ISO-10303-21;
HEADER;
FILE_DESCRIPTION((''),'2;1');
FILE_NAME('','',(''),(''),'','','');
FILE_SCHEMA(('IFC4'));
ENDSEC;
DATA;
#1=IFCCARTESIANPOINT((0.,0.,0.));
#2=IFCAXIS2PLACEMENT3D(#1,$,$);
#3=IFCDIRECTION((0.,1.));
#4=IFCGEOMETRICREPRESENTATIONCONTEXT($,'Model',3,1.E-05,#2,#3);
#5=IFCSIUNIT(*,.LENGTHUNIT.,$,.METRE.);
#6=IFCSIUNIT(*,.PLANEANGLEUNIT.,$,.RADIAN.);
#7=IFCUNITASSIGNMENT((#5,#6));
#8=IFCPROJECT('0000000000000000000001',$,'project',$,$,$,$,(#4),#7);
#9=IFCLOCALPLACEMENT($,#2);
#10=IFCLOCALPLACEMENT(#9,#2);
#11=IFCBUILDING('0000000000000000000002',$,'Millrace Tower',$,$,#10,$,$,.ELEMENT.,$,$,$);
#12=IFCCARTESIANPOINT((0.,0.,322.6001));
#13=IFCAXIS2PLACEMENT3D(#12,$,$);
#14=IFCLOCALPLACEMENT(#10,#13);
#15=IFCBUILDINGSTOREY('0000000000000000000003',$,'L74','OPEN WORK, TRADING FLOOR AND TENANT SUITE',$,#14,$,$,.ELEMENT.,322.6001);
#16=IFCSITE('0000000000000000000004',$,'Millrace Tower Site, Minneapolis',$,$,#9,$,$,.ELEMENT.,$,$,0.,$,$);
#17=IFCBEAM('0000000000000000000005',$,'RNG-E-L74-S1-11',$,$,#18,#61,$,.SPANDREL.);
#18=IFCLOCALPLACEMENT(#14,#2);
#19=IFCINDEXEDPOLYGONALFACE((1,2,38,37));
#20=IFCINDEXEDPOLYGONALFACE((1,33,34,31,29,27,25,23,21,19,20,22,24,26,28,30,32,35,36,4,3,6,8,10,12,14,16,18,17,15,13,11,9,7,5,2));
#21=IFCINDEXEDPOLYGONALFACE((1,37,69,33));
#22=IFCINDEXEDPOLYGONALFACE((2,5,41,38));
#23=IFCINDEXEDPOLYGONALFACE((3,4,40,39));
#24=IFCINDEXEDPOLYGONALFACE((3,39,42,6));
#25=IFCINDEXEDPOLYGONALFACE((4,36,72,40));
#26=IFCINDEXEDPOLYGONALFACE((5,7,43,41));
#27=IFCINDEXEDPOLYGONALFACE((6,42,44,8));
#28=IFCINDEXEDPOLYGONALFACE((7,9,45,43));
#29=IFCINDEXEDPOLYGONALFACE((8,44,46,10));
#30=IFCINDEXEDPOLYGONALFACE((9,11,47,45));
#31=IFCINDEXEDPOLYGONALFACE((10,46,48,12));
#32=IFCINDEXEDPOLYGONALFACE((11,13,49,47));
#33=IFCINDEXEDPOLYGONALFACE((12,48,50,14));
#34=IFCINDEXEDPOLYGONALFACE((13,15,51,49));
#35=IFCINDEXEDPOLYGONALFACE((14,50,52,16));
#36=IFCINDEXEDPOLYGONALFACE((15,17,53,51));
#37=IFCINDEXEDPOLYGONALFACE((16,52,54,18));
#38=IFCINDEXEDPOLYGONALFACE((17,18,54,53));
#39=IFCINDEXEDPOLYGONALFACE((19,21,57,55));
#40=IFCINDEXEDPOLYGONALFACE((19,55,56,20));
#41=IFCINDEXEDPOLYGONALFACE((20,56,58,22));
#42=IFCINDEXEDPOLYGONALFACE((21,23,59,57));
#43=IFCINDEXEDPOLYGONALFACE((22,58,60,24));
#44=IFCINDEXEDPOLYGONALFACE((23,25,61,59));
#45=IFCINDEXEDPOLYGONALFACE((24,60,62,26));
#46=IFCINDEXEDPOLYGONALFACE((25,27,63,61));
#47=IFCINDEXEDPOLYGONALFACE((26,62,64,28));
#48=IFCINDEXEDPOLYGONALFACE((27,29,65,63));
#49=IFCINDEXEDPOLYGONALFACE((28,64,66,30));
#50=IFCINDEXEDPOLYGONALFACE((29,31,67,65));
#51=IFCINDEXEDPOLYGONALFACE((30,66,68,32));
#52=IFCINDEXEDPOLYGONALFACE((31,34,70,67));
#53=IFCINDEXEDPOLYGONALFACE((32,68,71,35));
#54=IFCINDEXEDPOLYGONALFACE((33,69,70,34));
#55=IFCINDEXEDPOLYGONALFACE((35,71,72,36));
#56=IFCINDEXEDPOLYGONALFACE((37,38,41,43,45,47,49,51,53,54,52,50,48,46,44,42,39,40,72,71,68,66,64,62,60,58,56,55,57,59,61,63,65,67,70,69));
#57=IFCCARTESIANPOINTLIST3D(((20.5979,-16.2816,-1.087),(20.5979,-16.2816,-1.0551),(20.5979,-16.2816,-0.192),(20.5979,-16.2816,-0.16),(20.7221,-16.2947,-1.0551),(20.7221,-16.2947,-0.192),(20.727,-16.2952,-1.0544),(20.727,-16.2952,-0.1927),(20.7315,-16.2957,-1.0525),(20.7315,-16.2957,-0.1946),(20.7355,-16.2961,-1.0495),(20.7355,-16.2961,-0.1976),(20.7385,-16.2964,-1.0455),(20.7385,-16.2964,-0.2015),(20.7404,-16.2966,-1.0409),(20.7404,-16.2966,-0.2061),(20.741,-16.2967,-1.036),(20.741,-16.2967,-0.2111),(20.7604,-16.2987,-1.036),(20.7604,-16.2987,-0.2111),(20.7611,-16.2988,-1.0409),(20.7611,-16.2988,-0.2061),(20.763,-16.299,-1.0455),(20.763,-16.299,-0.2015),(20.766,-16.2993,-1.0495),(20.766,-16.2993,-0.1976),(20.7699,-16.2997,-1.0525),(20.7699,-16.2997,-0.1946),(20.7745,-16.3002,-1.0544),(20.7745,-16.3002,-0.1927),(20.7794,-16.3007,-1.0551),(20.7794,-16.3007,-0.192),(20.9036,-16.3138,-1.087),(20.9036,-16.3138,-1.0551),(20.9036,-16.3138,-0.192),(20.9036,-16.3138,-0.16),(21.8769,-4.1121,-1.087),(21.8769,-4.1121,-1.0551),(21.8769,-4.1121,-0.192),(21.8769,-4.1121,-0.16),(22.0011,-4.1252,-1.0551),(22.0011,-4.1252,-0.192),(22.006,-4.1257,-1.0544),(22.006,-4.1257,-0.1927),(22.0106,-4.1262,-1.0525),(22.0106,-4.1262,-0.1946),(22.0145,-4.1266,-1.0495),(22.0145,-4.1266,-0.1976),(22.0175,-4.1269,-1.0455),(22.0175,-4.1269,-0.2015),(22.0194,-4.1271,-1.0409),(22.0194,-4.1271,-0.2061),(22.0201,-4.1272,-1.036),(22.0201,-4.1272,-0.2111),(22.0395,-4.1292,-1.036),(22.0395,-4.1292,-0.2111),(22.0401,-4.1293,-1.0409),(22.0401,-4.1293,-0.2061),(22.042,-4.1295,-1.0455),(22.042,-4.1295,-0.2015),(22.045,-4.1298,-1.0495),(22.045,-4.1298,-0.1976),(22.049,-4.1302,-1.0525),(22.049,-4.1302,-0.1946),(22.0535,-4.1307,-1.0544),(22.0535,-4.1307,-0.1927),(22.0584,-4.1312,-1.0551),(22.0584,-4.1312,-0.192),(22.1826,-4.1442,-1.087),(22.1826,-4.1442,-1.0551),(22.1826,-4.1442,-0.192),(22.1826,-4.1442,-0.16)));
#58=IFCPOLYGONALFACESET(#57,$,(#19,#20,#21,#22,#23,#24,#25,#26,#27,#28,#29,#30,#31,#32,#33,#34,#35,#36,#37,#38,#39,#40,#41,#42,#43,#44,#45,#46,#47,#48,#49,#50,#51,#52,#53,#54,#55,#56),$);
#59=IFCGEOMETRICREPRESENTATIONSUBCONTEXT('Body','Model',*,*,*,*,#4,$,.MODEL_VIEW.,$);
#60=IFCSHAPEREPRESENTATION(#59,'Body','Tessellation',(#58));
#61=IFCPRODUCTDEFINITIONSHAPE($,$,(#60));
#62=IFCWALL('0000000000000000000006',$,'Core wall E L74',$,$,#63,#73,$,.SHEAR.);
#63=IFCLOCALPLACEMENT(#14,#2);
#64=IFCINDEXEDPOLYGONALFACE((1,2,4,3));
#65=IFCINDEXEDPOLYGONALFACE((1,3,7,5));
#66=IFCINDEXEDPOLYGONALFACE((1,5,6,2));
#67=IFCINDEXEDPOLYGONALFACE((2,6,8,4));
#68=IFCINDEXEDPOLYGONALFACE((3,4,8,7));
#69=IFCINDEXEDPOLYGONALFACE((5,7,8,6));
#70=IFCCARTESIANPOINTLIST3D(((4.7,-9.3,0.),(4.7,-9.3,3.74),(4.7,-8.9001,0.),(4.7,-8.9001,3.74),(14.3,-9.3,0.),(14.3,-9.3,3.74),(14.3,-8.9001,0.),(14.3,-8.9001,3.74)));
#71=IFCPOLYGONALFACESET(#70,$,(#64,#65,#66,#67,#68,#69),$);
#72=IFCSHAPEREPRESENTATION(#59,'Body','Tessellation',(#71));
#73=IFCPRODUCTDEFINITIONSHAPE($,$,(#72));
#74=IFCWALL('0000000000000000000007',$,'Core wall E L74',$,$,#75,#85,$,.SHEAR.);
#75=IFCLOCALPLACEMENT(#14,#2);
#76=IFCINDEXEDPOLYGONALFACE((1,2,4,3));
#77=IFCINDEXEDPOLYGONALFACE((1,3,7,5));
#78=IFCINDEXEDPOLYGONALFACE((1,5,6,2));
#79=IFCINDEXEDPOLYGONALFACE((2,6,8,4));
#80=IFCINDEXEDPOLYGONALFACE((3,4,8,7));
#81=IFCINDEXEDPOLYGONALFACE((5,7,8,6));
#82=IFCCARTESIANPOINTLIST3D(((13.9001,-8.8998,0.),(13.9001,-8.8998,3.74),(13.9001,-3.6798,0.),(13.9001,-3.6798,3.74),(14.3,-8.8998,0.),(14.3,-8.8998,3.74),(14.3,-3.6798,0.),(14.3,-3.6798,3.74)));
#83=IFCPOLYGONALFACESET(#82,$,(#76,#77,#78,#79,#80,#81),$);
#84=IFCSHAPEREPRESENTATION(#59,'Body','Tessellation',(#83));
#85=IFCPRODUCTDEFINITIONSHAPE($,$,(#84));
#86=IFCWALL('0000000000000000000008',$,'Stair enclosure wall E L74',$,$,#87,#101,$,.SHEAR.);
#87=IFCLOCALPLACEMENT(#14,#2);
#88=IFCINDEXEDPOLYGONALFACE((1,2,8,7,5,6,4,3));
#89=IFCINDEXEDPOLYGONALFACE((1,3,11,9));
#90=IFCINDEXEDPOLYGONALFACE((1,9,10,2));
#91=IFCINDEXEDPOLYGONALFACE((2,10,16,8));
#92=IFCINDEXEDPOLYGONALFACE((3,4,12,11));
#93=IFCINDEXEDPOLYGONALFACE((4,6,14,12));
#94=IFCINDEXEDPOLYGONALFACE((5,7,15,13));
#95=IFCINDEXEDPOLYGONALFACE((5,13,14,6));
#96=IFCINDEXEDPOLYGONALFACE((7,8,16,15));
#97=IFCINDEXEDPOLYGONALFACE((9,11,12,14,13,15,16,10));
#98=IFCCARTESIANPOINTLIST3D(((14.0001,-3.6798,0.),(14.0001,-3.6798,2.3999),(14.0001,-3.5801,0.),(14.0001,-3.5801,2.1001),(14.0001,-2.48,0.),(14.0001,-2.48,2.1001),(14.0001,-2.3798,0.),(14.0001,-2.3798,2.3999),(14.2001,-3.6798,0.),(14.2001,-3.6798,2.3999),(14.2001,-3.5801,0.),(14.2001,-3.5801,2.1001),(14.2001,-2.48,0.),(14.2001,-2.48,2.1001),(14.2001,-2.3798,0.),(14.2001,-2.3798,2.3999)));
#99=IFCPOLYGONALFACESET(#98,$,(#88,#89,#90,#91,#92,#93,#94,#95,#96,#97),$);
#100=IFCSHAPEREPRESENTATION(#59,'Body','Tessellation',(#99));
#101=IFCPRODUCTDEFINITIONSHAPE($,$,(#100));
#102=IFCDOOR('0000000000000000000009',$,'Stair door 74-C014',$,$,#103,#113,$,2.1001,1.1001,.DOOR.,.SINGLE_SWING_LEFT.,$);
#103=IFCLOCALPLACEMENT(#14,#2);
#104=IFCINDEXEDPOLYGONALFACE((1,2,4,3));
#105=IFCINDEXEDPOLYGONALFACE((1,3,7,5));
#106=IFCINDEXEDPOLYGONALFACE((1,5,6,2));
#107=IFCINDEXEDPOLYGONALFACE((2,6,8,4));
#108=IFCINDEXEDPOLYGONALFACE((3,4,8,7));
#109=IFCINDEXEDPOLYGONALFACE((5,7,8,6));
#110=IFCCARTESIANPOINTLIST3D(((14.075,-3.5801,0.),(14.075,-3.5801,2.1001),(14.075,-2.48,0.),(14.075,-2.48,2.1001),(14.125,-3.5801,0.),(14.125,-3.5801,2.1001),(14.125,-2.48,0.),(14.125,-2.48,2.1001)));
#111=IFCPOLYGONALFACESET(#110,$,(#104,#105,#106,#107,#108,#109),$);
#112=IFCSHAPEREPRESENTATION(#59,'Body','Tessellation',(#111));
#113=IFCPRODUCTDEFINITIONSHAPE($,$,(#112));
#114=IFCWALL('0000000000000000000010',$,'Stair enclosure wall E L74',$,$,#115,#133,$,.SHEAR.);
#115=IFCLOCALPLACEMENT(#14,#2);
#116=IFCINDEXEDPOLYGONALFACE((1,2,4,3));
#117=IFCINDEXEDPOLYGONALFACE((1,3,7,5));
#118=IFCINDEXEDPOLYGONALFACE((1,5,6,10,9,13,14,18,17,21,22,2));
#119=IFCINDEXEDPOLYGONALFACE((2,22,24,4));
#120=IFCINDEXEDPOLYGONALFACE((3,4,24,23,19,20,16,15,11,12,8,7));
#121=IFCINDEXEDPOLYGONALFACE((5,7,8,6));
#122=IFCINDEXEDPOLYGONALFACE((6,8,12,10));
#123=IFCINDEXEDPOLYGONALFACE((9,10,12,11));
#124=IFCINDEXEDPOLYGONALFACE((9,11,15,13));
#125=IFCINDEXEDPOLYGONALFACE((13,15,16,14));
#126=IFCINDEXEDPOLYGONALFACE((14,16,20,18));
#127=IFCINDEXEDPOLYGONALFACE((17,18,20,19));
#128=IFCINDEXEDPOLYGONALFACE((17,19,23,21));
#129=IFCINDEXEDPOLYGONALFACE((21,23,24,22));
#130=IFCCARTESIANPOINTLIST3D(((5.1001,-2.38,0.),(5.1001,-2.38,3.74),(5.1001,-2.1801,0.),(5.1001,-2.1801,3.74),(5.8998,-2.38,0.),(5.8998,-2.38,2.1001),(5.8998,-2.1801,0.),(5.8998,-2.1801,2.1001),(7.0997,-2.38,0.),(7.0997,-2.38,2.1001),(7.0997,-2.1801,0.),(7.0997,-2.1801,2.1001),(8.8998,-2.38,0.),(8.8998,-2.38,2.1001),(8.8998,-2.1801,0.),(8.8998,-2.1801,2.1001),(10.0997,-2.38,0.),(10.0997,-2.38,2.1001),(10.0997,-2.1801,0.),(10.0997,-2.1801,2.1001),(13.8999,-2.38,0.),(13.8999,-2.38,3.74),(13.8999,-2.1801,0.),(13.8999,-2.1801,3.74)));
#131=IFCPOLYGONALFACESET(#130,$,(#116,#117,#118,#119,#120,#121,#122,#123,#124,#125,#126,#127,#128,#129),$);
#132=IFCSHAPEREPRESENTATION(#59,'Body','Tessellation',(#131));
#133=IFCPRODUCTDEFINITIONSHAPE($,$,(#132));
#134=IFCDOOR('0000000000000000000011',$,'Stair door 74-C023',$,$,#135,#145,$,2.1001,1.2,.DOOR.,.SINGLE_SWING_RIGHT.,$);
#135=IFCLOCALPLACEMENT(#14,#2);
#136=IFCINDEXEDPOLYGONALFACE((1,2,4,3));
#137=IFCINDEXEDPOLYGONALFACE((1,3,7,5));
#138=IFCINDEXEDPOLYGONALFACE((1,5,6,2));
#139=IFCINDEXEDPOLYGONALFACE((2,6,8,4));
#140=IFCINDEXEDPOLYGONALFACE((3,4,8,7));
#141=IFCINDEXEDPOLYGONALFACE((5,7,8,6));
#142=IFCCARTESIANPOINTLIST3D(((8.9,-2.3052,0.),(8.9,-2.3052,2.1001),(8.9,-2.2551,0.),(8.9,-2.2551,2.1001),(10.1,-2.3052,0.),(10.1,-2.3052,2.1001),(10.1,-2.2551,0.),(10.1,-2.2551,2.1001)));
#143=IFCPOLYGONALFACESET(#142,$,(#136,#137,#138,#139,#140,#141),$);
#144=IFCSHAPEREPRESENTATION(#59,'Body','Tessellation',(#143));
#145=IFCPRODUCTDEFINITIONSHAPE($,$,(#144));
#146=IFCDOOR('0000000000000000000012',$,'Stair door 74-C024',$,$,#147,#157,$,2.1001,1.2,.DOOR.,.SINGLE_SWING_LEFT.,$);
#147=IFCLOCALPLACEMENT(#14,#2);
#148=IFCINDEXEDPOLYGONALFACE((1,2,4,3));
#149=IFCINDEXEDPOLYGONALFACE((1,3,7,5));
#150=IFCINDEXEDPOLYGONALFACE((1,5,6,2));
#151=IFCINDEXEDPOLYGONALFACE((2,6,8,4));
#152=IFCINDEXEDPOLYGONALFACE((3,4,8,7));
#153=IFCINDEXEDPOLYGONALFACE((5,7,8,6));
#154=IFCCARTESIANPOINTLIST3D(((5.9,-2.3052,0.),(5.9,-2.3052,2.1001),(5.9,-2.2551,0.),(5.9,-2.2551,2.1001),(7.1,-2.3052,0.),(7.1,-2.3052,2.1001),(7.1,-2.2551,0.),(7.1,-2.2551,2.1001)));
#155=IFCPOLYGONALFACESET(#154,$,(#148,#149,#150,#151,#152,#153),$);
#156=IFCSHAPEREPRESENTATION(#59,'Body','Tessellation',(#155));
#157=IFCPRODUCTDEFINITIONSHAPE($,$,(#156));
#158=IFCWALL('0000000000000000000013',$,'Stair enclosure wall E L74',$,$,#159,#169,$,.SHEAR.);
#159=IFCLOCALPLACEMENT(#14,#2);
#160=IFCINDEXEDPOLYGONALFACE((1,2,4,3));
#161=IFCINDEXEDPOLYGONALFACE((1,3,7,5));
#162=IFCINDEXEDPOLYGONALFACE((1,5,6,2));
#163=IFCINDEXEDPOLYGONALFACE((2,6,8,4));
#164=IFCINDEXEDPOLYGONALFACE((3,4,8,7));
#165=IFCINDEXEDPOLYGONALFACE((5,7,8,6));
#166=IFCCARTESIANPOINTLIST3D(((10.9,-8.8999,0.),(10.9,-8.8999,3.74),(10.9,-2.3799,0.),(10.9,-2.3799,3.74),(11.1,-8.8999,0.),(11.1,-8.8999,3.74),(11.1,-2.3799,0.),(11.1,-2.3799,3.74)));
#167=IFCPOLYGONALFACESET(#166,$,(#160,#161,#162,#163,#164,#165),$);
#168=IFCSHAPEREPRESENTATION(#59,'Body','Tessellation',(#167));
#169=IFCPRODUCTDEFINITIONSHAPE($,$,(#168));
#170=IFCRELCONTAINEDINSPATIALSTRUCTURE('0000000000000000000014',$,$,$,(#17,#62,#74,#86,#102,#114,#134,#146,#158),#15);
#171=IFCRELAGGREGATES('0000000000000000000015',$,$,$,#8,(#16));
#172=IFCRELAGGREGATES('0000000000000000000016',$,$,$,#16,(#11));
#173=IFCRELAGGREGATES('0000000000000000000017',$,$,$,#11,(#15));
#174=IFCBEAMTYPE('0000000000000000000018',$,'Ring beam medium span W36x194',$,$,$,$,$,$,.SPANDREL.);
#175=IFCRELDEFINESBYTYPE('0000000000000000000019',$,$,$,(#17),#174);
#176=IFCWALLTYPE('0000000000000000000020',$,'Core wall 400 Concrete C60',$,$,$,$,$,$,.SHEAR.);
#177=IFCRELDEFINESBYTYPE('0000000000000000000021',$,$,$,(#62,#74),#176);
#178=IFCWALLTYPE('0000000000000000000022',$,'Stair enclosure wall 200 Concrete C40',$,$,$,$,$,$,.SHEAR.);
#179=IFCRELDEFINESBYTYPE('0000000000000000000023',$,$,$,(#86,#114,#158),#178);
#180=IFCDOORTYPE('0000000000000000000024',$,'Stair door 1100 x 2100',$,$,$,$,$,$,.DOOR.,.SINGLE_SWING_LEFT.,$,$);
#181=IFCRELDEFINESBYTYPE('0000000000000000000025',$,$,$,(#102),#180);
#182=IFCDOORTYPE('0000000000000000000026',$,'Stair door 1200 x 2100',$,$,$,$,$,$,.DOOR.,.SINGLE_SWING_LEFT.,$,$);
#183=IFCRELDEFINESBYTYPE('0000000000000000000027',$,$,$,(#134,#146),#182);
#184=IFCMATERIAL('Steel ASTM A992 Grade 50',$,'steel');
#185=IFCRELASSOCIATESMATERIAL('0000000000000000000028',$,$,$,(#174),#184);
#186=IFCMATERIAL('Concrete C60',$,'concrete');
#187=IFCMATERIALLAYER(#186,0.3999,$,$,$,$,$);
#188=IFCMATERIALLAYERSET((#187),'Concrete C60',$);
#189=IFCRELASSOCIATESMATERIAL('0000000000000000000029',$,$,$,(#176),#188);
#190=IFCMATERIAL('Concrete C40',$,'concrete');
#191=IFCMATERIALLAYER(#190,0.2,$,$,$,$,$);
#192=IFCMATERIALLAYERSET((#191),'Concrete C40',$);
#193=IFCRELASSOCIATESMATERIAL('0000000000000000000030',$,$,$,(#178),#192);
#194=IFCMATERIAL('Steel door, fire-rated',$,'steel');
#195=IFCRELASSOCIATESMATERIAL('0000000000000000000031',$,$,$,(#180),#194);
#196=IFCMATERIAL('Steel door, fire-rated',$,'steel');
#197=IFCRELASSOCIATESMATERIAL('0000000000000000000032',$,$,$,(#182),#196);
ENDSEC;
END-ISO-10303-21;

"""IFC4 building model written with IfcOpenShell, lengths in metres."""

from ifc_helpers import new_model, si_unit, direction, frame, frame_2d, origin, origin_2d, place, context, subcontext, project, spatial, rectangle, i_section, extrude, material, layer, layer_set, material_profile, profile_set, type_object, element, fill, save


model = new_model("IFC4")

# Units and contexts
model_context = context("Model", 3, precision=1e-05, world=origin(), true_north=direction((0.0, 1.0)))
body_context = subcontext(model_context, "Body", "Model", "MODEL_VIEW")
ifc_project = project(units=[si_unit("LENGTHUNIT", "METRE"), si_unit("PLANEANGLEUNIT", "RADIAN")], contexts=[model_context])

# Site, building, storey
site_placement = place(None, origin())
site = spatial("IfcSite", under=ifc_project, at=site_placement, Name="Millrace Tower Site, Minneapolis", CompositionType="ELEMENT", RefElevation=0.0)
building_placement = place(site_placement, origin())
building = spatial("IfcBuilding", under=site, at=building_placement, Name="Millrace Tower", CompositionType="ELEMENT")
storey_placement = place(building_placement, frame((0.0, 0.0, 322.6001)))
storey = spatial("IfcBuildingStorey", under=building, at=storey_placement, Name="L74", Description="OPEN WORK, TRADING FLOOR AND TENANT SUITE", CompositionType="ELEMENT", Elevation=322.6001)

# Beam
ifc_material_1 = material(Name="Steel ASTM A992 Grade 50", Category="steel")
ifc_material_profile_1 = material_profile(ifc_material_1, i_section(OverallWidth=0.3074, OverallDepth=0.927, WebThickness=0.0195, FlangeThickness=0.032, FilletRadius=0.019, at=origin_2d()))
ifc_profile_set_1 = profile_set([ifc_material_profile_1], Name="Steel ASTM A992 Grade 50")
beam_type_1 = type_object("IfcBeamType", Name="Ring beam medium span W36x194", PredefinedType="SPANDREL", material=ifc_profile_set_1)
beam_1_placement = place(storey_placement, frame((22.0298, -4.1282, -0.6235), z_axis=(-0.104528, -0.994522, 0.0), x_axis=(0.994522, -0.104528, 0.0)))
element("IfcBeam", 1, at=beam_1_placement, inside=storey, type_object=beam_type_1, Name="RNG-E-L74-S1-11", PredefinedType="SPANDREL", context=body_context, shape_type="SweptSolid", body=[
    extrude(i_section(OverallWidth=0.3074, OverallDepth=0.927, WebThickness=0.0195, FlangeThickness=0.032, FilletRadius=0.019, at=origin_2d()), origin(), (0.0, 0.0, 1.0), 12.2366),
])

# Walls
ifc_material_2 = material(Name="Concrete C60", Category="concrete")
ifc_layer_1 = layer(ifc_material_2, 0.3999)
ifc_layer_set_1 = layer_set([ifc_layer_1], Name="Concrete C60")
wall_type_1 = type_object("IfcWallType", Name="Core wall 400 Concrete C60", PredefinedType="SHEAR", material=ifc_layer_set_1)
wall_1_placement = place(storey_placement, frame((14.3, -9.1001, 0.0), z_axis=(0.0, 0.0, 1.0), x_axis=(-1.0, 0.0, 0.0)))
element("IfcWall", 2, at=wall_1_placement, inside=storey, type_object=wall_type_1, Name="Core wall E L74", PredefinedType="SHEAR", context=body_context, shape_type="SweptSolid", body=[
    extrude(rectangle(XDim=9.6001, YDim=0.3999, at=frame_2d((4.8, 0.0))), origin(), (0.0, 0.0, 1.0), 3.74),
])
wall_2_placement = place(storey_placement, frame((14.1001, -3.6799, 0.0), z_axis=(0.0, 0.0, 1.0), x_axis=(0.0, -1.0, 0.0)))
element("IfcWall", 3, at=wall_2_placement, inside=storey, type_object=wall_type_1, Name="Core wall E L74", PredefinedType="SHEAR", context=body_context, shape_type="SweptSolid", body=[
    extrude(rectangle(XDim=5.22, YDim=0.3999, at=frame_2d((2.6099, 0.0))), origin(), (0.0, 0.0, 1.0), 3.74),
])

# Wall, opening, door
ifc_material_3 = material(Name="Concrete C40", Category="concrete")
ifc_layer_2 = layer(ifc_material_3, 0.2)
ifc_layer_set_2 = layer_set([ifc_layer_2], Name="Concrete C40")
wall_type_2 = type_object("IfcWallType", Name="Stair enclosure wall 200 Concrete C40", PredefinedType="SHEAR", material=ifc_layer_set_2)
wall_3_placement = place(storey_placement, frame((14.1001, -2.3799, 0.0), z_axis=(0.0, 0.0, 1.0), x_axis=(0.0, -1.0, 0.0)))
wall_3 = element("IfcWall", 4, at=wall_3_placement, inside=storey, type_object=wall_type_2, Name="Stair enclosure wall E L74", PredefinedType="SHEAR", context=body_context, shape_type="SweptSolid", body=[
    extrude(rectangle(XDim=1.3, YDim=0.2, at=frame_2d((0.6499, 0.0))), origin(), (0.0, 0.0, 1.0), 2.3999),
])
opening_1_placement = place(wall_3_placement, frame((0.1001, 0.0, 0.0)))
opening_1 = element("IfcOpeningElement", 5, at=opening_1_placement, cuts=wall_3, PredefinedType="OPENING", context=body_context, shape_type="SweptSolid", body=[
    extrude(rectangle(XDim=1.1001, YDim=2.1001, at=frame_2d((0.55, 1.05))), frame((0.0, 0.1099, 0.0), z_axis=(0.0, -1.0, 0.0), x_axis=(1.0, 0.0, 0.0)), (0.0, 0.0, 1.0), 0.22),
])
ifc_material_4 = material(Name="Steel door, fire-rated", Category="steel")
door_type_1 = type_object("IfcDoorType", Name="Stair door 1100 x 2100", OperationType="SINGLE_SWING_LEFT", PredefinedType="DOOR", material=ifc_material_4)
door_1_placement = place(opening_1_placement, origin())
door_1 = element("IfcDoor", 6, at=door_1_placement, inside=storey, type_object=door_type_1, Name="Stair door 74-C014", OperationType="SINGLE_SWING_LEFT", OverallHeight=2.1001, OverallWidth=1.1001, PredefinedType="DOOR", context=body_context, shape_type="SweptSolid", body=[
    extrude(rectangle(XDim=1.1001, YDim=2.1001, at=frame_2d((0.55, 1.05))), frame((0.0, 0.0249, 0.0), z_axis=(0.0, -1.0, 0.0), x_axis=(1.0, 0.0, 0.0)), (0.0, 0.0, 1.0), 0.05),
])
fill(opening_1, door_1)

# Wall, openings, doors
wall_4_placement = place(storey_placement, frame((13.8999, -2.28, 0.0), z_axis=(0.0, 0.0, 1.0), x_axis=(-1.0, 0.0, 0.0)))
wall_4 = element("IfcWall", 7, at=wall_4_placement, inside=storey, type_object=wall_type_2, Name="Stair enclosure wall E L74", PredefinedType="SHEAR", context=body_context, shape_type="SweptSolid", body=[
    extrude(rectangle(XDim=8.7998, YDim=0.2, at=frame_2d((4.3999, 0.0))), origin(), (0.0, 0.0, 1.0), 3.74),
])
opening_2_placement = place(wall_4_placement, frame((3.8, 0.0, 0.0)))
opening_2 = element("IfcOpeningElement", 8, at=opening_2_placement, cuts=wall_4, PredefinedType="OPENING", context=body_context, shape_type="SweptSolid", body=[
    extrude(rectangle(XDim=1.2, YDim=2.1001, at=frame_2d((0.6001, 1.05))), frame((0.0, 0.1099, 0.0), z_axis=(0.0, -1.0, 0.0), x_axis=(1.0, 0.0, 0.0)), (0.0, 0.0, 1.0), 0.22),
])
opening_3_placement = place(wall_4_placement, frame((6.8, 0.0, 0.0)))
opening_3 = element("IfcOpeningElement", 9, at=opening_3_placement, cuts=wall_4, PredefinedType="OPENING", context=body_context, shape_type="SweptSolid", body=[
    extrude(rectangle(XDim=1.2, YDim=2.1001, at=frame_2d((0.6001, 1.05))), frame((0.0, 0.1099, 0.0), z_axis=(0.0, -1.0, 0.0), x_axis=(1.0, 0.0, 0.0)), (0.0, 0.0, 1.0), 0.22),
])
ifc_material_5 = material(Name="Steel door, fire-rated", Category="steel")
door_type_2 = type_object("IfcDoorType", Name="Stair door 1200 x 2100", OperationType="SINGLE_SWING_LEFT", PredefinedType="DOOR", material=ifc_material_5)
door_2_placement = place(opening_2_placement, frame((1.2, 0.0, 0.0), z_axis=(0.0, 0.0, 1.0), x_axis=(-1.0, 0.0, 0.0)))
door_2 = element("IfcDoor", 10, at=door_2_placement, inside=storey, type_object=door_type_2, Name="Stair door 74-C023", OperationType="SINGLE_SWING_RIGHT", OverallHeight=2.1001, OverallWidth=1.2, PredefinedType="DOOR", context=body_context, shape_type="SweptSolid", body=[
    extrude(rectangle(XDim=1.2, YDim=2.1001, at=frame_2d((0.6001, 1.05))), frame((0.0, 0.0249, 0.0), z_axis=(0.0, -1.0, 0.0), x_axis=(1.0, 0.0, 0.0)), (0.0, 0.0, 1.0), 0.05),
])
fill(opening_2, door_2)
door_3_placement = place(opening_3_placement, frame((1.2, 0.0, 0.0), z_axis=(0.0, 0.0, 1.0), x_axis=(-1.0, 0.0, 0.0)))
door_3 = element("IfcDoor", 11, at=door_3_placement, inside=storey, type_object=door_type_2, Name="Stair door 74-C024", OperationType="SINGLE_SWING_LEFT", OverallHeight=2.1001, OverallWidth=1.2, PredefinedType="DOOR", context=body_context, shape_type="SweptSolid", body=[
    extrude(rectangle(XDim=1.2, YDim=2.1001, at=frame_2d((0.6001, 1.05))), frame((0.0, 0.0249, 0.0), z_axis=(0.0, -1.0, 0.0), x_axis=(1.0, 0.0, 0.0)), (0.0, 0.0, 1.0), 0.05),
])
fill(opening_3, door_3)

# Wall
wall_5_placement = place(storey_placement, frame((11.0, -2.3799, 0.0), z_axis=(0.0, 0.0, 1.0), x_axis=(0.0, -1.0, 0.0)))
element("IfcWall", 12, at=wall_5_placement, inside=storey, type_object=wall_type_2, Name="Stair enclosure wall E L74", PredefinedType="SHEAR", context=body_context, shape_type="SweptSolid", body=[
    extrude(rectangle(XDim=6.52, YDim=0.2, at=frame_2d((3.26, 0.0))), origin(), (0.0, 0.0, 1.0), 3.74),
])

save(model, "model.ifc")
